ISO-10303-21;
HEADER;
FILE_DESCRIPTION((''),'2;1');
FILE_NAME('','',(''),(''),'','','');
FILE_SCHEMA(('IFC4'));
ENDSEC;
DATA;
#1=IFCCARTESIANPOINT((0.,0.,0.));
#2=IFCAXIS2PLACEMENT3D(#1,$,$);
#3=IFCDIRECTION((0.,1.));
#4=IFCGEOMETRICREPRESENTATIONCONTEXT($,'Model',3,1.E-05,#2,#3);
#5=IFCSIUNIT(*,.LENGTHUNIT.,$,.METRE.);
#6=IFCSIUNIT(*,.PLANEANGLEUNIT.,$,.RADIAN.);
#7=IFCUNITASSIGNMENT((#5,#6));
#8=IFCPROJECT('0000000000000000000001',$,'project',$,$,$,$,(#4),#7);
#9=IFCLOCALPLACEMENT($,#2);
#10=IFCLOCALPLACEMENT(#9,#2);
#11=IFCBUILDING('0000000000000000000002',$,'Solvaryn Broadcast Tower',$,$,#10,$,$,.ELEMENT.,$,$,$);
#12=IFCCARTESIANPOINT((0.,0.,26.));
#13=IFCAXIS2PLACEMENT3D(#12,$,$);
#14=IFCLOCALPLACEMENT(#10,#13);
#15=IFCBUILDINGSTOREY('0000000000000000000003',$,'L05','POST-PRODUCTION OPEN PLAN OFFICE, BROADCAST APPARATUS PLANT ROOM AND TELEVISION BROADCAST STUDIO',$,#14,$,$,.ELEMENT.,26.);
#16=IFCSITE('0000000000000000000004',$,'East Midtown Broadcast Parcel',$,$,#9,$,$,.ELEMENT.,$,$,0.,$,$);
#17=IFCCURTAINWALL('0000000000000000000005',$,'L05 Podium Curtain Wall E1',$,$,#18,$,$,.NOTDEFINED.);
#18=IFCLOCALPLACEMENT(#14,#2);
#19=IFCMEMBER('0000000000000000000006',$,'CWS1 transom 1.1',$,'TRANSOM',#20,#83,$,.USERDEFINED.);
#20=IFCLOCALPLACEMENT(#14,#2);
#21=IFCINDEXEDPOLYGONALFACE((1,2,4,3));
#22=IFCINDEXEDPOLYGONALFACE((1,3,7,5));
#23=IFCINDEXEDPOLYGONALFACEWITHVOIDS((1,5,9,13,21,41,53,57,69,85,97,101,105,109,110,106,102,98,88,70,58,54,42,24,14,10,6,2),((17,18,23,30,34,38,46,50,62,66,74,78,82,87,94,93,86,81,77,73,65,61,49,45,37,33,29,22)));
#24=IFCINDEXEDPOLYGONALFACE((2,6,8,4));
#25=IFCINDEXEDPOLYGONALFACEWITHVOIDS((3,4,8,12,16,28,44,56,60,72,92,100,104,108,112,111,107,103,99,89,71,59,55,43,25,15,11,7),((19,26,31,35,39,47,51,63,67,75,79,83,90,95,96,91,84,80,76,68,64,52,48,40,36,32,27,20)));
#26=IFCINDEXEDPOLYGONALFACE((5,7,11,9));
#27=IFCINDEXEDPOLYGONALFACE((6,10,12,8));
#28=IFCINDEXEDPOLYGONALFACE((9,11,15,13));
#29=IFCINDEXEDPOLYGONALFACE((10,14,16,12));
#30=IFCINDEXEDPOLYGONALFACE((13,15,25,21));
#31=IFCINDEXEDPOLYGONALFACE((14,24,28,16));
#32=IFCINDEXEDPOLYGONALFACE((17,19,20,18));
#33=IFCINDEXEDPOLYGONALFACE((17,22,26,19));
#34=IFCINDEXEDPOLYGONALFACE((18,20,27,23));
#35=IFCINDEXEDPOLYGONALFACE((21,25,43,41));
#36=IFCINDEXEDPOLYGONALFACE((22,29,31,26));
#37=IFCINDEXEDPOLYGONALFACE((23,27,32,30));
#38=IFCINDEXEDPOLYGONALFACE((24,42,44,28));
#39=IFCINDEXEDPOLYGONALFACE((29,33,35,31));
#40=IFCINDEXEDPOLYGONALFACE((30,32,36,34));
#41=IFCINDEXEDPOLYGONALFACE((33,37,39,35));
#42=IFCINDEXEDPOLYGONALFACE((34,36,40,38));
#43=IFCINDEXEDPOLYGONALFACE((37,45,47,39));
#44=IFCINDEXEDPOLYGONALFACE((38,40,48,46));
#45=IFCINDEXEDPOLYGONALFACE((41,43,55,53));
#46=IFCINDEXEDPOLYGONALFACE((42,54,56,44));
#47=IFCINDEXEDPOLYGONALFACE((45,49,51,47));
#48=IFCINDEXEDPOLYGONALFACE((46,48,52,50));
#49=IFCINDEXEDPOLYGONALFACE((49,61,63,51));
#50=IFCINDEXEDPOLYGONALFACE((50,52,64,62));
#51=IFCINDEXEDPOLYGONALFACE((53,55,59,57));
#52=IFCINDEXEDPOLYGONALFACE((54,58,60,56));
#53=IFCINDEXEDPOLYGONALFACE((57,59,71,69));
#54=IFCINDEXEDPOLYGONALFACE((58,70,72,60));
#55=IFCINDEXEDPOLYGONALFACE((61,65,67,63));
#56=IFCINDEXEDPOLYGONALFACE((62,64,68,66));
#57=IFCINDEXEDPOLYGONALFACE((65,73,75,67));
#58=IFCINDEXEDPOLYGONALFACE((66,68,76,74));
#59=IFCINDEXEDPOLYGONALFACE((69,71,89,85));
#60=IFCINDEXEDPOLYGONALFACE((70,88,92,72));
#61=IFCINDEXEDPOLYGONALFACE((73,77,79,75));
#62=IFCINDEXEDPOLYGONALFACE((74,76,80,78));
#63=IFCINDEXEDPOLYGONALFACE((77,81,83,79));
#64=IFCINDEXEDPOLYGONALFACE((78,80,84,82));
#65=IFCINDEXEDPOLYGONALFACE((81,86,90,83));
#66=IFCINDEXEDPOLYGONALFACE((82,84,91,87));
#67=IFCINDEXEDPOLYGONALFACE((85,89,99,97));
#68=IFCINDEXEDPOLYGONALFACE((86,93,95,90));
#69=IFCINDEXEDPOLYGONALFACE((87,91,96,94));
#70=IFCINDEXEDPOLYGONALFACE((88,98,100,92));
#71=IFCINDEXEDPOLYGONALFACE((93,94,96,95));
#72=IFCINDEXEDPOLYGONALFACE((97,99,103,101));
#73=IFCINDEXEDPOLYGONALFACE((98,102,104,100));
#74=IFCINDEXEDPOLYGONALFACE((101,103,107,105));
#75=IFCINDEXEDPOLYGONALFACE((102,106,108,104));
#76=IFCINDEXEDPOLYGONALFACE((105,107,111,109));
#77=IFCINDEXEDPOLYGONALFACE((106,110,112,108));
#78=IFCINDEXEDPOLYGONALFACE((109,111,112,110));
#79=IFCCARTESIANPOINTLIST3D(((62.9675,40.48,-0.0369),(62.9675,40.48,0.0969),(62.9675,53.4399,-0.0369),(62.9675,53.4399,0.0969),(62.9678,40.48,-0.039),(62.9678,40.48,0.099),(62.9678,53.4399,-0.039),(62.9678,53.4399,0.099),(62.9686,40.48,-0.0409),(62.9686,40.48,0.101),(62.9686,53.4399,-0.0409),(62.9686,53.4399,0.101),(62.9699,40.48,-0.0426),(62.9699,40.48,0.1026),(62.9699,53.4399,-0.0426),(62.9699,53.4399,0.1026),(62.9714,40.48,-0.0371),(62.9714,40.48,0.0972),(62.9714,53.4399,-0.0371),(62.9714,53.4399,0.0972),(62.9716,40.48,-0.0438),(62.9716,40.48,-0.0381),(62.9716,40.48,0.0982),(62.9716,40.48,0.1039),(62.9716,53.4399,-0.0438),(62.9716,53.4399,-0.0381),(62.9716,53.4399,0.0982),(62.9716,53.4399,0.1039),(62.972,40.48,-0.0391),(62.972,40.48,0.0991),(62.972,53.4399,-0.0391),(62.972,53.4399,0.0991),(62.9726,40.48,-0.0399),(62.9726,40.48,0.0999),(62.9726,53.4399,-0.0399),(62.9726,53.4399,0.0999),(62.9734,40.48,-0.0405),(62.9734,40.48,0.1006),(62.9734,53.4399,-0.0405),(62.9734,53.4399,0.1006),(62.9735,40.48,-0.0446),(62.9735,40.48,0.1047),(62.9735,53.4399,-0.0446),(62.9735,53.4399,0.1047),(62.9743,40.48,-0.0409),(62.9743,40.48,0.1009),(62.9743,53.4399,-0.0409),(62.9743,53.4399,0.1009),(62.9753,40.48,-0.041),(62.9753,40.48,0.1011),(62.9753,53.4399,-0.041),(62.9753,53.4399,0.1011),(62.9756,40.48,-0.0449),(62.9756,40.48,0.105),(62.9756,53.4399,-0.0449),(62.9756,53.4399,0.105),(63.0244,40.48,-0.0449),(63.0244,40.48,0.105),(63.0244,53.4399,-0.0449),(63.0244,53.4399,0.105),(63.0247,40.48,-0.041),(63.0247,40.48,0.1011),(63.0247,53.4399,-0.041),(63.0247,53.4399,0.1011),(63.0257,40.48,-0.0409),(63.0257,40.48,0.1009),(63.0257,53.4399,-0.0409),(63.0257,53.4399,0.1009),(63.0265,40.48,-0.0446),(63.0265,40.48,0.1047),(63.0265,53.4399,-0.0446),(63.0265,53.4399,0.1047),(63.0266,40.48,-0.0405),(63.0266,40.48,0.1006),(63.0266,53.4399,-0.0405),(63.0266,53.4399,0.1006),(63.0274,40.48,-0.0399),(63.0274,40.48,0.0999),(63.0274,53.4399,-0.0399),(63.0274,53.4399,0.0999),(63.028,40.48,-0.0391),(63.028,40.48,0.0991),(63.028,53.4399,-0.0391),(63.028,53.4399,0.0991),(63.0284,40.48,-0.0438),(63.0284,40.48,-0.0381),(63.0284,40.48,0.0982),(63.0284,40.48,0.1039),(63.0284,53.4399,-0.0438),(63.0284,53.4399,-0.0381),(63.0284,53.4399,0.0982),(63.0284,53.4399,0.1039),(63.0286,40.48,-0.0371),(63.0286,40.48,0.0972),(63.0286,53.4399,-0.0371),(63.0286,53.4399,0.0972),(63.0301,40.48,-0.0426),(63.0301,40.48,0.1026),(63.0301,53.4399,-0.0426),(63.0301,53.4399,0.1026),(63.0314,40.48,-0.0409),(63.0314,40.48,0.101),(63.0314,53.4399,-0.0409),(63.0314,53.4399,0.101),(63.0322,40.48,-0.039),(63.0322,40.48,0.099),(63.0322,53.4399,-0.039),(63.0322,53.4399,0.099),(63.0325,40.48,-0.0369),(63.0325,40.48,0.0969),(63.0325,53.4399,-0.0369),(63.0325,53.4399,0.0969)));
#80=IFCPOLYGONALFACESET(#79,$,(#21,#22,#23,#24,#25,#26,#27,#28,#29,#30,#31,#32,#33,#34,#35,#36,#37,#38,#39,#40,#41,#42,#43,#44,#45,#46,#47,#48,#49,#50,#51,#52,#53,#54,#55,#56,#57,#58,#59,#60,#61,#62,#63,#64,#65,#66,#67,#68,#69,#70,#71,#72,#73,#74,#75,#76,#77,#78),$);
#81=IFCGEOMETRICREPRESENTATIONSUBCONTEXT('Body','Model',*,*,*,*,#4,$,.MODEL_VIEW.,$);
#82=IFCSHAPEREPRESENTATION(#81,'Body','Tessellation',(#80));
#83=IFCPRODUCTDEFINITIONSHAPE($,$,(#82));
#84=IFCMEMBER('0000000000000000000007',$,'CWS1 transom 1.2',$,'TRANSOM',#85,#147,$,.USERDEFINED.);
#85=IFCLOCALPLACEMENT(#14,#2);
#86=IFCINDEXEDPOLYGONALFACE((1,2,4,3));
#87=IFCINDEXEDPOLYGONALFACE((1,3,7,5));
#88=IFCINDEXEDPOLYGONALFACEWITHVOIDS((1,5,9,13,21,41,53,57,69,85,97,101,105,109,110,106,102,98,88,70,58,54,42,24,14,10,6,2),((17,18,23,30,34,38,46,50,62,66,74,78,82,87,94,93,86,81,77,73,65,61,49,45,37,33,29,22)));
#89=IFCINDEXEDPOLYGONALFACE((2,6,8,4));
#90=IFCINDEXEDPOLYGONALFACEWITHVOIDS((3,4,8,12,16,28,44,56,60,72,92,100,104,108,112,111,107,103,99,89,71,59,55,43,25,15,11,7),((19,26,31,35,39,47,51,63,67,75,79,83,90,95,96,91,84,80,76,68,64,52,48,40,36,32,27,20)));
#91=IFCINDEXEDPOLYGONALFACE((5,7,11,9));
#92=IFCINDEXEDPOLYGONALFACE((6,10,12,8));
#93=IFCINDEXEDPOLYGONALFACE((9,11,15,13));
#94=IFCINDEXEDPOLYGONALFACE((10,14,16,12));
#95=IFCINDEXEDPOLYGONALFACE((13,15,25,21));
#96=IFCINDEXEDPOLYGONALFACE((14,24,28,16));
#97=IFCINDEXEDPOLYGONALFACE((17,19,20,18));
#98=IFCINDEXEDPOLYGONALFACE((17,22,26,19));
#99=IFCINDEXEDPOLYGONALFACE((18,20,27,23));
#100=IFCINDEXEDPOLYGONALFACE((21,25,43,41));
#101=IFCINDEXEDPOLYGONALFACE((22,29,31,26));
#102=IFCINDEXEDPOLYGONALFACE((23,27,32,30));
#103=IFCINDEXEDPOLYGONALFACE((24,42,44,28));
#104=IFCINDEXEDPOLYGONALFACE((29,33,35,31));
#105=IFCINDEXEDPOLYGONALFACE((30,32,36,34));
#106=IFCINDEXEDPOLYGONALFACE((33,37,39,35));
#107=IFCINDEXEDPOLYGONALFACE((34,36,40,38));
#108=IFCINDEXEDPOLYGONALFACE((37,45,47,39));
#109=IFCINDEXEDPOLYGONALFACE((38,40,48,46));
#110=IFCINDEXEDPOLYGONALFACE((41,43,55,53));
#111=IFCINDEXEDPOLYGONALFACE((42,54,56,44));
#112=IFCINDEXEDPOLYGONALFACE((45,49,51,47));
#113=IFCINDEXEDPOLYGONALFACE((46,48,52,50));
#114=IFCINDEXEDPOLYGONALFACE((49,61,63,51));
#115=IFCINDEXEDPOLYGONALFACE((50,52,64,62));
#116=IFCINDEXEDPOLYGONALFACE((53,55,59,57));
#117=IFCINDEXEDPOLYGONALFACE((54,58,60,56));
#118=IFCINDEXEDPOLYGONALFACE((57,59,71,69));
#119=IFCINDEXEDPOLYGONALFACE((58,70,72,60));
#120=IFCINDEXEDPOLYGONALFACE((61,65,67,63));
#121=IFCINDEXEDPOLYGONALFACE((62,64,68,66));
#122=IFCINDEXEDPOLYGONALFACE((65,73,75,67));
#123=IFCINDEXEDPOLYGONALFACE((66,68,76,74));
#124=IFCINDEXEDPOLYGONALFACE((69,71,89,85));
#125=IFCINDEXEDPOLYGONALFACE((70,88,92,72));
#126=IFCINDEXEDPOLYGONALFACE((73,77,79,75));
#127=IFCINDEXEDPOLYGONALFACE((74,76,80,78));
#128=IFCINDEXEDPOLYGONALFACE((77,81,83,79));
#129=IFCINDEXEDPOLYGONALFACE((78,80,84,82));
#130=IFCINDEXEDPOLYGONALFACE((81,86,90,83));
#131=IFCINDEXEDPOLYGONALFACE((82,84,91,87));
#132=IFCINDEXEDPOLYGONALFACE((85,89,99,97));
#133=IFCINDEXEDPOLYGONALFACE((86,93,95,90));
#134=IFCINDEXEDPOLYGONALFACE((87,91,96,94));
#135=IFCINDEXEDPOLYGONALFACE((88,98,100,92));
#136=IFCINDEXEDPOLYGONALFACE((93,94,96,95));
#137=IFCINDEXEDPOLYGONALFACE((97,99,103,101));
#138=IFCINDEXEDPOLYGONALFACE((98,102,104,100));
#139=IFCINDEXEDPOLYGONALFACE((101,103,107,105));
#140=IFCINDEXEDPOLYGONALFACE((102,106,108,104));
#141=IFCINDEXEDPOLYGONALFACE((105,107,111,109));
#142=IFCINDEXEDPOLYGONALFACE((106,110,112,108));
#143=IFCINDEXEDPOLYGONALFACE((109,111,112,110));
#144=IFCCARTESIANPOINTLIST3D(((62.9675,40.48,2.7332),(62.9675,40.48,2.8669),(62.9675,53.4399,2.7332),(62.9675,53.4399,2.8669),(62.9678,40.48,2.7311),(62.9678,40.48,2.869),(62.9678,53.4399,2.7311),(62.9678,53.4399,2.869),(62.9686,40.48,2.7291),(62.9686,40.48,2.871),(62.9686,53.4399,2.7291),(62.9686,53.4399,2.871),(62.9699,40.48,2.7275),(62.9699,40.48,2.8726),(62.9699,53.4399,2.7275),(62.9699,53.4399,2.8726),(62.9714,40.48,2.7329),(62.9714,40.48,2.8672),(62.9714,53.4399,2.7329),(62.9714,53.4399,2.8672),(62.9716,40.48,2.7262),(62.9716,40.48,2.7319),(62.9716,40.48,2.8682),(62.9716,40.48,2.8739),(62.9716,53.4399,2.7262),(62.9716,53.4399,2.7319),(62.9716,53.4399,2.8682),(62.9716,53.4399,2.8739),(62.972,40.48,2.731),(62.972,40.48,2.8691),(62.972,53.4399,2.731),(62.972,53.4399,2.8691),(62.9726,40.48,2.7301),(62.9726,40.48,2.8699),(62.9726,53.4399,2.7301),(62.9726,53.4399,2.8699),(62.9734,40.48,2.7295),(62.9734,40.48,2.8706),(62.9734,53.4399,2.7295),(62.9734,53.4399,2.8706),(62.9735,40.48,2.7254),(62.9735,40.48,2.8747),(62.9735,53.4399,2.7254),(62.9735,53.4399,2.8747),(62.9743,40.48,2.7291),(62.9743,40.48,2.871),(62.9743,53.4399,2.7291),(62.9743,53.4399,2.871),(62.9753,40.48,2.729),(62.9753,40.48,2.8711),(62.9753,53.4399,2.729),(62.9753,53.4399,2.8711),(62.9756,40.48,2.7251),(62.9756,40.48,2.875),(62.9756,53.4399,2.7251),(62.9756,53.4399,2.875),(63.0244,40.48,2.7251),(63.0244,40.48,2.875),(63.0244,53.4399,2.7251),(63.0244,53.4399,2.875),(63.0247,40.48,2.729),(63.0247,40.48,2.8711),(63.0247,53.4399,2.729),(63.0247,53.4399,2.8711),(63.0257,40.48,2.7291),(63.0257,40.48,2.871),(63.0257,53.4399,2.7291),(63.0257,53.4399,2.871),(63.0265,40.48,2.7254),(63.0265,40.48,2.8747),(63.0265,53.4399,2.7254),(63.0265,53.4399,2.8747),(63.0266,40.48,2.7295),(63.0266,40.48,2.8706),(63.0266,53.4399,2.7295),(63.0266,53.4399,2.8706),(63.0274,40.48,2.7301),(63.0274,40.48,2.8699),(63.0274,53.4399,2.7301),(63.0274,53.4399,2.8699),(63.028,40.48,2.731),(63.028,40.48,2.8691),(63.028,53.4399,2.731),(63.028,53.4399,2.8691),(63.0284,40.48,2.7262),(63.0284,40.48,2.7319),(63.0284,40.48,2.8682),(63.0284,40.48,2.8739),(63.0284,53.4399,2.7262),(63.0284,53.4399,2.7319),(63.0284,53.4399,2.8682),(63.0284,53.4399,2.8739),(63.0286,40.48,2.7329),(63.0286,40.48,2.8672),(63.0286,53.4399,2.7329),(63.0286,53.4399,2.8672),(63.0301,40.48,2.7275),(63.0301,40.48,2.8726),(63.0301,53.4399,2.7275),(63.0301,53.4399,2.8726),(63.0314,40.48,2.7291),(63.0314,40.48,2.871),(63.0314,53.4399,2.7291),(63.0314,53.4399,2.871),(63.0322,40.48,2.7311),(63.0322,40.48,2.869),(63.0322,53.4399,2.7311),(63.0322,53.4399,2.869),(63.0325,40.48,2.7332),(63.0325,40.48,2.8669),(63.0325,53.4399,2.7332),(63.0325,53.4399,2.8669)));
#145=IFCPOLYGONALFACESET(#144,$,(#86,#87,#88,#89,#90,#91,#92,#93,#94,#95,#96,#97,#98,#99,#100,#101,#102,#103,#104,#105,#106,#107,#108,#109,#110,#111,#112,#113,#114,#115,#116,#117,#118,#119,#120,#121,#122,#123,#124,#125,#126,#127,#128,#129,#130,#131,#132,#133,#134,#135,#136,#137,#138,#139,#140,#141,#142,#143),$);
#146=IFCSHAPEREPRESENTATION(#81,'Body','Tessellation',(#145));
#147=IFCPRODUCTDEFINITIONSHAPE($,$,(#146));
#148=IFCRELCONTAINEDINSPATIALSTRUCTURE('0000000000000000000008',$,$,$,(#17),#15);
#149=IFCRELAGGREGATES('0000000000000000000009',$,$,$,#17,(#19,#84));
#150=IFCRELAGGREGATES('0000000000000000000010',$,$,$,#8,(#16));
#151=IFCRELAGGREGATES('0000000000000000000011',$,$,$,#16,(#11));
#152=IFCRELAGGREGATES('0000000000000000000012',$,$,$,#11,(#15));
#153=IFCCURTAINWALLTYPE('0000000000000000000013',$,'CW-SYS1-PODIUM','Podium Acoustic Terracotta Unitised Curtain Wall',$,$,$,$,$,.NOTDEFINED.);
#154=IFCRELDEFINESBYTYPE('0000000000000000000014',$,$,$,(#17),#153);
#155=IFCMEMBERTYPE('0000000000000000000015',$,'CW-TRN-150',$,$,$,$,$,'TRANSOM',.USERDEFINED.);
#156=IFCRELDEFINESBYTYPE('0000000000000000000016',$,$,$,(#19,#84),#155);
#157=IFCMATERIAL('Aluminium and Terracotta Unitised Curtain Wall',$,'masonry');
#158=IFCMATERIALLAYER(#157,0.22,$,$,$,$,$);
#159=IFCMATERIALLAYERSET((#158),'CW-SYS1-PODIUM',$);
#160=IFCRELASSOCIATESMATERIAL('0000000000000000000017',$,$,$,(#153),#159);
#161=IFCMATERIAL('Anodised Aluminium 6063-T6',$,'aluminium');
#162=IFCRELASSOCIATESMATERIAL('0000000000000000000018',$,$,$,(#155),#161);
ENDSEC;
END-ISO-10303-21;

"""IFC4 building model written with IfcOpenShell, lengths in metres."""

from ifc_helpers import new_model, si_unit, direction, frame, origin, origin_2d, place, context, subcontext, project, spatial, hollow_rectangle, extrude, material, layer, layer_set, material_profile, profile_set, type_object, element, aggregate, save


model = new_model("IFC4")

# Units and contexts
model_context = context("Model", 3, precision=1e-05, world=origin(), true_north=direction((0.0, 1.0)))
body_context = subcontext(model_context, "Body", "Model", "MODEL_VIEW")
ifc_project = project(units=[si_unit("LENGTHUNIT", "METRE"), si_unit("PLANEANGLEUNIT", "RADIAN")], contexts=[model_context])

# Site, building, storey
site_placement = place(None, origin())
site = spatial("IfcSite", under=ifc_project, at=site_placement, Name="East Midtown Broadcast Parcel", CompositionType="ELEMENT", RefElevation=0.0)
building_placement = place(site_placement, origin())
building = spatial("IfcBuilding", under=site, at=building_placement, Name="Solvaryn Broadcast Tower", CompositionType="ELEMENT")
storey_placement = place(building_placement, frame((0.0, 0.0, 26.0)))
storey = spatial("IfcBuildingStorey", under=building, at=storey_placement, Name="L05", Description="POST-PRODUCTION OPEN PLAN OFFICE, BROADCAST APPARATUS PLANT ROOM AND TELEVISION BROADCAST STUDIO", CompositionType="ELEMENT", Elevation=26.0)

# Curtain wall
ifc_material_1 = material(Name="Aluminium and Terracotta Unitised Curtain Wall", Category="masonry")
ifc_layer_1 = layer(ifc_material_1, 0.22)
ifc_layer_set_1 = layer_set([ifc_layer_1], Name="CW-SYS1-PODIUM")
curtain_wall_type = type_object("IfcCurtainWallType", Name="CW-SYS1-PODIUM", Description="Podium Acoustic Terracotta Unitised Curtain Wall", PredefinedType="NOTDEFINED", material=ifc_layer_set_1)
curtain_wall_1_placement = place(storey_placement, origin())
curtain_wall_1 = element("IfcCurtainWall", 1, at=curtain_wall_1_placement, inside=storey, type_object=curtain_wall_type, Name="L05 Podium Curtain Wall E1", PredefinedType="NOTDEFINED")

# Members
ifc_material_2 = material(Name="Anodised Aluminium 6063-T6", Category="aluminium")
ifc_material_profile_1 = material_profile(ifc_material_2, hollow_rectangle(XDim=0.0649, YDim=0.1499, WallThickness=0.0039, InnerFilletRadius=0.0039, OuterFilletRadius=0.0081, at=origin_2d()))
ifc_profile_set_1 = profile_set([ifc_material_profile_1], Name="Anodised Aluminium 6063-T6")
member_type_1 = type_object("IfcMemberType", Name="CW-TRN-150", ElementType="TRANSOM", PredefinedType="USERDEFINED", material=ifc_profile_set_1)
member_1_placement = place(storey_placement, frame((63.0, 53.4399, 0.03), z_axis=(0.0, -1.0, 0.0), x_axis=(1.0, 0.0, 0.0)))
member_1 = element("IfcMember", 2, at=member_1_placement, type_object=member_type_1, Name="CWS1 transom 1.1", ObjectType="TRANSOM", PredefinedType="USERDEFINED", context=body_context, shape_type="SweptSolid", body=[
    extrude(hollow_rectangle(XDim=0.0649, YDim=0.1499, WallThickness=0.0039, InnerFilletRadius=0.0039, OuterFilletRadius=0.0081, at=origin_2d()), origin(), (0.0, 0.0, 1.0), 12.96),
])
member_2_placement = place(storey_placement, frame((63.0, 53.4399, 2.8), z_axis=(0.0, -1.0, 0.0), x_axis=(1.0, 0.0, 0.0)))
member_2 = element("IfcMember", 3, at=member_2_placement, type_object=member_type_1, Name="CWS1 transom 1.2", ObjectType="TRANSOM", PredefinedType="USERDEFINED", context=body_context, shape_type="SweptSolid", body=[
    extrude(hollow_rectangle(XDim=0.0649, YDim=0.1499, WallThickness=0.0039, InnerFilletRadius=0.0039, OuterFilletRadius=0.0081, at=origin_2d()), origin(), (0.0, 0.0, 1.0), 12.96),
])

aggregate(curtain_wall_1, [member_1, member_2])

save(model, "model.ifc")
